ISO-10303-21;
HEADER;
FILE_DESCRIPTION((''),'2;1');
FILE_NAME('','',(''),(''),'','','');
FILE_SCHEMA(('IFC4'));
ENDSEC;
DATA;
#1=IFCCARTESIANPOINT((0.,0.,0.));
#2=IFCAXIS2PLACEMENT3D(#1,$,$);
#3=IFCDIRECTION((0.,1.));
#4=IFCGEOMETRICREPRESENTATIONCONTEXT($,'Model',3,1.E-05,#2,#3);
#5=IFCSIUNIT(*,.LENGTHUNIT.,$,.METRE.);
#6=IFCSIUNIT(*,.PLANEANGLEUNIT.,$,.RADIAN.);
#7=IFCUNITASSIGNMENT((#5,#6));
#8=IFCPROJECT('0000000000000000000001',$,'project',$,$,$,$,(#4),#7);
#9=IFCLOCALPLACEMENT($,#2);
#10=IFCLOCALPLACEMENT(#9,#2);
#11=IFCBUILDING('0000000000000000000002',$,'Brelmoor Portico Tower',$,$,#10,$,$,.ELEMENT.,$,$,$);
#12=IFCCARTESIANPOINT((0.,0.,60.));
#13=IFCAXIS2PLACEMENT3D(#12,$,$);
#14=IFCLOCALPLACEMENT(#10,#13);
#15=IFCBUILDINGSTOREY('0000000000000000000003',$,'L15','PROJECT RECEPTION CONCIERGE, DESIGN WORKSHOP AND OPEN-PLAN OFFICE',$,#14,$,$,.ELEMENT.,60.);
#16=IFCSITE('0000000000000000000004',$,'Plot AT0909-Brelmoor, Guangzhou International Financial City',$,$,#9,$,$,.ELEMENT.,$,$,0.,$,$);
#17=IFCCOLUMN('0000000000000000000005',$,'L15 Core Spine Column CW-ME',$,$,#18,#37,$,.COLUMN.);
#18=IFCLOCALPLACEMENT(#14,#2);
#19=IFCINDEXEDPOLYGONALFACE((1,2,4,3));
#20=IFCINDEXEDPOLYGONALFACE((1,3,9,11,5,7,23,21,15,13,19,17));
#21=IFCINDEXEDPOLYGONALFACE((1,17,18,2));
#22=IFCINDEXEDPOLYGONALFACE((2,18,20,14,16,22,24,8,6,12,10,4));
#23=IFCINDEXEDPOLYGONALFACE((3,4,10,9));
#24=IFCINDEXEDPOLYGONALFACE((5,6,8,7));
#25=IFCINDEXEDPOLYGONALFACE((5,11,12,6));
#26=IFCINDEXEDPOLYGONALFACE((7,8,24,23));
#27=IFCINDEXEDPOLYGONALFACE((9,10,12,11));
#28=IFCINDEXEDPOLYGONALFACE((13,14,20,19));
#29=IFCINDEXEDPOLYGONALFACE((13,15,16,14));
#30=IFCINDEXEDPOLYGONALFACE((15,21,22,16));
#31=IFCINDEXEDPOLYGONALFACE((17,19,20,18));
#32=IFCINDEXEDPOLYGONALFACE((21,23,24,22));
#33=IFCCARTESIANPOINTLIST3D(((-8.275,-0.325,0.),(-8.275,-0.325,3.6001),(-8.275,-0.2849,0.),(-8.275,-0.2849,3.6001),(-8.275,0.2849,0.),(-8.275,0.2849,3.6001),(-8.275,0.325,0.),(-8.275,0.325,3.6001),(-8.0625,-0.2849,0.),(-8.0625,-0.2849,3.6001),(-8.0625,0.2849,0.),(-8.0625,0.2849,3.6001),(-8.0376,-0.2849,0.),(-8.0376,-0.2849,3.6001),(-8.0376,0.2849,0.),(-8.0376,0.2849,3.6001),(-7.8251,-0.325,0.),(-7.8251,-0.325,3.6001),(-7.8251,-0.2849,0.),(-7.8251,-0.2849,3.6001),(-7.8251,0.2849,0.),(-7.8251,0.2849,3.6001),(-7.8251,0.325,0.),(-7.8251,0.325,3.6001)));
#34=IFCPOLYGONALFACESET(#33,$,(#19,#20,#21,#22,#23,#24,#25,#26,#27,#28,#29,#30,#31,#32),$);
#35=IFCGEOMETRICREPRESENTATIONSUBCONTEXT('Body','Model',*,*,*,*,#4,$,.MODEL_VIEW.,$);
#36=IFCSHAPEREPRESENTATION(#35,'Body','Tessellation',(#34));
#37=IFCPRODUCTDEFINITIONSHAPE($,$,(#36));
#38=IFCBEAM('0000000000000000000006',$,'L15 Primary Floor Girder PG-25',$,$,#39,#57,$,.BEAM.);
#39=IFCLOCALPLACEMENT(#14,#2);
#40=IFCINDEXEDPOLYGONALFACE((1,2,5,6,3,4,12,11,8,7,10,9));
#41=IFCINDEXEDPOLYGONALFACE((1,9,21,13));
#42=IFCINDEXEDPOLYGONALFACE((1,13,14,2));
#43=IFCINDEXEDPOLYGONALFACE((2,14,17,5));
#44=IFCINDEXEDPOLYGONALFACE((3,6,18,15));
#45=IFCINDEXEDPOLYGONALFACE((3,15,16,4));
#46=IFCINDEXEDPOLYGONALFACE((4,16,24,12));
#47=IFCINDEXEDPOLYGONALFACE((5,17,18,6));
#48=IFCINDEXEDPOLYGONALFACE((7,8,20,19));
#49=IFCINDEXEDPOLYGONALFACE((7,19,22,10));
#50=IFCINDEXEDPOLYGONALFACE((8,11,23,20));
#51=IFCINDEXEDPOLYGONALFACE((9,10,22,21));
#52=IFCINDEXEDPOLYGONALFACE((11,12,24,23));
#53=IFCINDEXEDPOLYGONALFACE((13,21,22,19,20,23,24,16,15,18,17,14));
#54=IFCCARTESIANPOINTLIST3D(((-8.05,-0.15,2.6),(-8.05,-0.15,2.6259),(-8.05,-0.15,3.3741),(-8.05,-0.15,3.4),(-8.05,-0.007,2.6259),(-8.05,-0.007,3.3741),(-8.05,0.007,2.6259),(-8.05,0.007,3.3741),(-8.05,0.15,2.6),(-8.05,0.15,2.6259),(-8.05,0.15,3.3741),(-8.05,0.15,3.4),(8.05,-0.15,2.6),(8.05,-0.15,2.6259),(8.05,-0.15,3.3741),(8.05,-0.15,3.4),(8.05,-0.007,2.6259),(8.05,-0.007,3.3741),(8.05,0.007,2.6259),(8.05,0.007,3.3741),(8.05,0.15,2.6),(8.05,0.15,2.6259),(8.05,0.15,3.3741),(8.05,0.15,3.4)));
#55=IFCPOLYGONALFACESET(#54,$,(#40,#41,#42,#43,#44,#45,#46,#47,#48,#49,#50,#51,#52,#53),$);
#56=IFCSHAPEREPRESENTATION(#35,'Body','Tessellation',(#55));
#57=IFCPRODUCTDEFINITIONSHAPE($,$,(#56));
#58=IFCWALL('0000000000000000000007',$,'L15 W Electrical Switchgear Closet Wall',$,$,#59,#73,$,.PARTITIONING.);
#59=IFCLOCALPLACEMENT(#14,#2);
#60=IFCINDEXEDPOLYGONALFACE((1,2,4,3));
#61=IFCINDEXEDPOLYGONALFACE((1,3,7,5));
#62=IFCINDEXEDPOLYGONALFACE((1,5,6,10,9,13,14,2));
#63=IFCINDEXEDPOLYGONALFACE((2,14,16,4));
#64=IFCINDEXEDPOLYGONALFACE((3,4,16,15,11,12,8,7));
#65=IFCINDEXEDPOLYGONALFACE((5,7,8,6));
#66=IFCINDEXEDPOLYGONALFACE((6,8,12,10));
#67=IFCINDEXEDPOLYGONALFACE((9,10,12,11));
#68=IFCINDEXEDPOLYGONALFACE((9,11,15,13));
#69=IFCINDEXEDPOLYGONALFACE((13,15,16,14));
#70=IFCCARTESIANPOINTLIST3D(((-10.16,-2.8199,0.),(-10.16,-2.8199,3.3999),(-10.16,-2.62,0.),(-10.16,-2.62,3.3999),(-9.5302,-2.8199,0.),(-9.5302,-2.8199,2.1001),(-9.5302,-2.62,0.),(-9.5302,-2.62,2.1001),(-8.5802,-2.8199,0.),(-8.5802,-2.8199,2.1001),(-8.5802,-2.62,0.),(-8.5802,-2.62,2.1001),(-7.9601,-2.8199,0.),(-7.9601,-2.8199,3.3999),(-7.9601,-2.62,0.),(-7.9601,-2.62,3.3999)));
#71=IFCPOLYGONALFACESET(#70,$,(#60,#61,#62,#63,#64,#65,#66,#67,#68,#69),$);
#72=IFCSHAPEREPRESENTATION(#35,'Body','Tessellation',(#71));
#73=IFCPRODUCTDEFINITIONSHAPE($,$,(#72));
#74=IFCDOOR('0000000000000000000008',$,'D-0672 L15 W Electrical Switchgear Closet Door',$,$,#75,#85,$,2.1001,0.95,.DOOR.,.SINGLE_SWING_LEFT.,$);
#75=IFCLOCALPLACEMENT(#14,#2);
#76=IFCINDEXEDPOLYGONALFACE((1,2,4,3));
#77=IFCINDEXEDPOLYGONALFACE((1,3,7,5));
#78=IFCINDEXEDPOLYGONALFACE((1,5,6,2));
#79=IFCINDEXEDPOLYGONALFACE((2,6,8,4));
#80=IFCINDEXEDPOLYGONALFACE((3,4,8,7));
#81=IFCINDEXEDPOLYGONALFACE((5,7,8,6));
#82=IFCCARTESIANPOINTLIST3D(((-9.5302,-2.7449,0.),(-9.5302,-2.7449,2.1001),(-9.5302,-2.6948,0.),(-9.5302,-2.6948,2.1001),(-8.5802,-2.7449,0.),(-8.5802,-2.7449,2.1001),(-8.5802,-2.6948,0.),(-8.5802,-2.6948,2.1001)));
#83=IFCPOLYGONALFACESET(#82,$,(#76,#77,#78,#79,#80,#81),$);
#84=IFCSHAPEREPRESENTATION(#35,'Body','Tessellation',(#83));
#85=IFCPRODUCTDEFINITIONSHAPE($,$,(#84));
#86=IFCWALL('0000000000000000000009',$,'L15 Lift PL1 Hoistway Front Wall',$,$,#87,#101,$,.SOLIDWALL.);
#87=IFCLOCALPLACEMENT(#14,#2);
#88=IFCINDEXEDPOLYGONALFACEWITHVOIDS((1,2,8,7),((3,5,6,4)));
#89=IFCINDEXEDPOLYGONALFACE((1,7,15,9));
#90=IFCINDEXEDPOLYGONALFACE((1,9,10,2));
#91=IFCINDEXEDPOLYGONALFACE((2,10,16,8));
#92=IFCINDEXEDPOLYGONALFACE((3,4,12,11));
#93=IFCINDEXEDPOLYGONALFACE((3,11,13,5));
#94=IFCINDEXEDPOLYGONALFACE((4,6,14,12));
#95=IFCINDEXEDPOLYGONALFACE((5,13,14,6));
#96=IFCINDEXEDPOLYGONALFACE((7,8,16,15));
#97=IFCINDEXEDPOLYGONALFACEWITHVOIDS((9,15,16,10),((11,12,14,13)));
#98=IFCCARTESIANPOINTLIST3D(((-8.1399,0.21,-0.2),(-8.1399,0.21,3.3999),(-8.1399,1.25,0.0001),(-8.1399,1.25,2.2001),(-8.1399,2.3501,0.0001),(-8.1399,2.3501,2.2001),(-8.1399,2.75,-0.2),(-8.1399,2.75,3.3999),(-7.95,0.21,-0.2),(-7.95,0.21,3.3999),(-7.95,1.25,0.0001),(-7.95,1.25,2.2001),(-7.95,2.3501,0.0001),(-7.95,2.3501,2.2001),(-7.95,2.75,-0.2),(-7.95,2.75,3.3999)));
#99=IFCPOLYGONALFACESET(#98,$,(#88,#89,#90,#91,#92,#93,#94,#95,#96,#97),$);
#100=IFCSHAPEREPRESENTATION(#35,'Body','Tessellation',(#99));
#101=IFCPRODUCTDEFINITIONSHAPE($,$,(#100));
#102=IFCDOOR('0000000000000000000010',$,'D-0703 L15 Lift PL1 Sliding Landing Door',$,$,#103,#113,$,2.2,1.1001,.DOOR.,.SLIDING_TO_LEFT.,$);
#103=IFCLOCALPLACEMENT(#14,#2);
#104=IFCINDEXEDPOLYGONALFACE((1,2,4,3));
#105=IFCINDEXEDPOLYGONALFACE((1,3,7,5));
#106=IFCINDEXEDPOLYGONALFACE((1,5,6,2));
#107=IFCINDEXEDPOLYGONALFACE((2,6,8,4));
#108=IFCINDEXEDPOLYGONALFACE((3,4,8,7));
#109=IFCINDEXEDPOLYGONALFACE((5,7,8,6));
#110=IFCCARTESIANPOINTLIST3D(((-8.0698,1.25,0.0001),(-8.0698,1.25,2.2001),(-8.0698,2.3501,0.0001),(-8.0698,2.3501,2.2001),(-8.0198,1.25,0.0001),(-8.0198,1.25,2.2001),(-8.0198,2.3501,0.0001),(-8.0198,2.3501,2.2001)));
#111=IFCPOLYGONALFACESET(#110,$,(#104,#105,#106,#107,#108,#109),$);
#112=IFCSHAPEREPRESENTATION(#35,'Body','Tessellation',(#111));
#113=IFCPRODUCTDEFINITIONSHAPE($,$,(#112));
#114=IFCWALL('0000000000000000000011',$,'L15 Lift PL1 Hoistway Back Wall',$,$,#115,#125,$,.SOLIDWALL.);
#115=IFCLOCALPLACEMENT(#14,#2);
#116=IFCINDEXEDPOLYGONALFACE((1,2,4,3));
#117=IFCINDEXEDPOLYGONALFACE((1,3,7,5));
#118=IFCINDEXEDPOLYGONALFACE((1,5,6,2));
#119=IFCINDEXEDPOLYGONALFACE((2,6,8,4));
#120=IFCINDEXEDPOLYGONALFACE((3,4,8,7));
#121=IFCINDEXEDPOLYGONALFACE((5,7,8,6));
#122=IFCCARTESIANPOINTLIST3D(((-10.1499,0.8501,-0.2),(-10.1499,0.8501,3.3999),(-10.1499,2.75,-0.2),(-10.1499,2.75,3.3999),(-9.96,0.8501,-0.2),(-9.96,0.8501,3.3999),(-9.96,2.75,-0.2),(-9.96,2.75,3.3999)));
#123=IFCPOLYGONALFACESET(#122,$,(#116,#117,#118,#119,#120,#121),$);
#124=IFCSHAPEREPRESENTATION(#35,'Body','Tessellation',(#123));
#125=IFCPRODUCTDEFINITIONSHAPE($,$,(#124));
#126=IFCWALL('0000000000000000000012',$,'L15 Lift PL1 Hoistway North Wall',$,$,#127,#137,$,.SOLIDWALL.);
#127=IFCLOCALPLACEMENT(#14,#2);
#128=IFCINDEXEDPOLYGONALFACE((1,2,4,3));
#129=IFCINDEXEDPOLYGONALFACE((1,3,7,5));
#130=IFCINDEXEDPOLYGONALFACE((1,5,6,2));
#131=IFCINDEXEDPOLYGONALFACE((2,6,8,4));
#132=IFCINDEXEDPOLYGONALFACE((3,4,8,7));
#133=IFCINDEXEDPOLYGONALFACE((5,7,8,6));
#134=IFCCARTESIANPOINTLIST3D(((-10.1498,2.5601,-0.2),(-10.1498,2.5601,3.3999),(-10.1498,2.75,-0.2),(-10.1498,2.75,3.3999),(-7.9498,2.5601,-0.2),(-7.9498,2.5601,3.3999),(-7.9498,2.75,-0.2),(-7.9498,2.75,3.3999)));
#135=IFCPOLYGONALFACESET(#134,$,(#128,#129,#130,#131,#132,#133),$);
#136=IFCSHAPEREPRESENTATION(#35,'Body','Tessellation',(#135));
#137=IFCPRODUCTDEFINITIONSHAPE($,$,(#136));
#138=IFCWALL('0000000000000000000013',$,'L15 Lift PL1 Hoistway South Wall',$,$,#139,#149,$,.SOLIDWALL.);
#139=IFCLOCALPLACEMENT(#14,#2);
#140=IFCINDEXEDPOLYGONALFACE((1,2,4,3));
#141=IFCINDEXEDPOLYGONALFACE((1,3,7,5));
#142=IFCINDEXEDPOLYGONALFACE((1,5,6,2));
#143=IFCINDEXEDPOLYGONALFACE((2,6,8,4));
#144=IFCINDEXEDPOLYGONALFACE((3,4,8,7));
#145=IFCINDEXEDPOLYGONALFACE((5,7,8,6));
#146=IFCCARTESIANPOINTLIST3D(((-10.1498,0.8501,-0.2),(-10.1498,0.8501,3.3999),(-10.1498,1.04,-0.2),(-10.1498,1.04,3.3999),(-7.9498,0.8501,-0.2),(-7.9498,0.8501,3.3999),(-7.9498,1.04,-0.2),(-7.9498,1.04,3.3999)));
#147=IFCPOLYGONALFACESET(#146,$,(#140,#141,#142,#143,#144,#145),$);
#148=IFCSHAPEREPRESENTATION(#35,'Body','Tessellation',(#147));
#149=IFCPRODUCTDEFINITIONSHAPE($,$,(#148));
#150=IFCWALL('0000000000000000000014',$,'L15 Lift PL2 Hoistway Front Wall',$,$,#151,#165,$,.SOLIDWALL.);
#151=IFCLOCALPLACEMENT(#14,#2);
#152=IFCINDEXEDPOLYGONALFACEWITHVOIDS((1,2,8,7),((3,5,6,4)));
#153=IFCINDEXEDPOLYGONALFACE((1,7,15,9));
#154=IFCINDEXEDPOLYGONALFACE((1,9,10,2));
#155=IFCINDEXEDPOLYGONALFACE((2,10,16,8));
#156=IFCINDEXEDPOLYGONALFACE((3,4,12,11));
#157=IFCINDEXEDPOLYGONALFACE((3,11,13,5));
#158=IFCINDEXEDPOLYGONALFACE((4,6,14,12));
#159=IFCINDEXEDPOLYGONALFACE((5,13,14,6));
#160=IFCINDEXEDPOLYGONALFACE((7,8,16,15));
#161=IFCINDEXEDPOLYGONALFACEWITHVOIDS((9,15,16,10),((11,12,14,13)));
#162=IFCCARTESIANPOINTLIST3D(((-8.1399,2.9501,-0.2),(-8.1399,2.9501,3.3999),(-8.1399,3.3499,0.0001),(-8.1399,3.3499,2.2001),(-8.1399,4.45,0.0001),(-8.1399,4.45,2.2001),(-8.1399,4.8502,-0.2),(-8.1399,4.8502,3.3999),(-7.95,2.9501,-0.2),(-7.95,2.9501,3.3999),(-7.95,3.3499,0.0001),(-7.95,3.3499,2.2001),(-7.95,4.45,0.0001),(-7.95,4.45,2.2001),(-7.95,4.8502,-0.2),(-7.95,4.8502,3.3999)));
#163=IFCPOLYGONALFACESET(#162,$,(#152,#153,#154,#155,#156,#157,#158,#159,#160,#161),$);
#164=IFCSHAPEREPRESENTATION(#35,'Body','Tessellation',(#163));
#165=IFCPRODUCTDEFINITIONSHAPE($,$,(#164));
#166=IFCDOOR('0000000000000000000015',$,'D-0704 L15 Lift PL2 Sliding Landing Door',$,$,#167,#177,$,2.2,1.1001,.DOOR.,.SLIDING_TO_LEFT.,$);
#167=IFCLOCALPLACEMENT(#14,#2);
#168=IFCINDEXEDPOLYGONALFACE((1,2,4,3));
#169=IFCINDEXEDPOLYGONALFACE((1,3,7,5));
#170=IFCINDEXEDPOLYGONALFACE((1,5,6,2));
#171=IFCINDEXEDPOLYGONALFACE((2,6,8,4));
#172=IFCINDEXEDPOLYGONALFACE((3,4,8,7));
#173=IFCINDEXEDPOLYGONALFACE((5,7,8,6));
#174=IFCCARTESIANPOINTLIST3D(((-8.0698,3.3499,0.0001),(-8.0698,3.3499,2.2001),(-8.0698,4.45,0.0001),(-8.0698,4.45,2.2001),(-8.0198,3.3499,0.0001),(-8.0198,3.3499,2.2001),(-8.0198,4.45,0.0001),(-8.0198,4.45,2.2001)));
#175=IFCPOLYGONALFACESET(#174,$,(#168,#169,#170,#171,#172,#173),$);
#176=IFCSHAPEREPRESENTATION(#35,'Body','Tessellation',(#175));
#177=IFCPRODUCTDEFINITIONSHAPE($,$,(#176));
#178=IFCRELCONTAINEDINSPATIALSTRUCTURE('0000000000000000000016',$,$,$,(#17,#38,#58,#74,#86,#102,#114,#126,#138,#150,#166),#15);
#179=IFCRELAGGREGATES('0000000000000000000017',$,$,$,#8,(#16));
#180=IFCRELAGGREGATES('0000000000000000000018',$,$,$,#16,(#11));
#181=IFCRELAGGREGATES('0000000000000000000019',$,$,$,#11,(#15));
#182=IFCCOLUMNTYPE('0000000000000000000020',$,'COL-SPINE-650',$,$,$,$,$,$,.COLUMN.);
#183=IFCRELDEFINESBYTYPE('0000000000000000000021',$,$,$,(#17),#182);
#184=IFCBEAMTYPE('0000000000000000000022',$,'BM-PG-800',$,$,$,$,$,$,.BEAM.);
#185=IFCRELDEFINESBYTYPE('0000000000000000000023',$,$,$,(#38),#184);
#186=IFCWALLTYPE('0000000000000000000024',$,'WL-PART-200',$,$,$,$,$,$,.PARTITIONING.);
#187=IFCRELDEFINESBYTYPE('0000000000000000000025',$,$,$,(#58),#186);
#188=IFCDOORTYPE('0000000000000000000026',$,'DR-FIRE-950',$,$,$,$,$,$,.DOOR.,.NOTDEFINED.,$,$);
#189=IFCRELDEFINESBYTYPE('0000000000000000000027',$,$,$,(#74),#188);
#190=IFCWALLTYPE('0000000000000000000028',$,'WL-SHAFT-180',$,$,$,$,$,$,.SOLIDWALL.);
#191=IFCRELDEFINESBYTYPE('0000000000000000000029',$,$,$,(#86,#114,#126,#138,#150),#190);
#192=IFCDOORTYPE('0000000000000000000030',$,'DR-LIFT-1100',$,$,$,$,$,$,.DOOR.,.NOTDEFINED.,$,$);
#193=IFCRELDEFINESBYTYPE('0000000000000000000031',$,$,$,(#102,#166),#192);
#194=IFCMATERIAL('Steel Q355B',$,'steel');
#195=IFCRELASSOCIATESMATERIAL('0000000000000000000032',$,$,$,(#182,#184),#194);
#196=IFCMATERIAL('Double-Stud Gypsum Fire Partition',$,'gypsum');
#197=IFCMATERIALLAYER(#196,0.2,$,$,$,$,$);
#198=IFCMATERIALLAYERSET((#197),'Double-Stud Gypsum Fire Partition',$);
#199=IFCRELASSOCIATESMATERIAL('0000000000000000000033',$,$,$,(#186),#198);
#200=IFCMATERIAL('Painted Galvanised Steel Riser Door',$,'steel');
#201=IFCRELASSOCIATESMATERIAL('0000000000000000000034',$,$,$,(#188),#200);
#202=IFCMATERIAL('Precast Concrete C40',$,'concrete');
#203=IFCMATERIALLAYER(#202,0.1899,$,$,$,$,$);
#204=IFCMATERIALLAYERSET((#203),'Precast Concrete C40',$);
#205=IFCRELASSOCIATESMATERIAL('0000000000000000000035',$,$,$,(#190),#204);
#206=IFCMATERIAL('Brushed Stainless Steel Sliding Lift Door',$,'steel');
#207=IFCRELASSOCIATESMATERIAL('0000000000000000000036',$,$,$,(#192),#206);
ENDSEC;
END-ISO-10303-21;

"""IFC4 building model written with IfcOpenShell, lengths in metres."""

from ifc_helpers import new_model, si_unit, direction, frame, frame_2d, origin, origin_2d, place, context, subcontext, project, spatial, rectangle, i_section, extrude, material, layer, layer_set, material_profile, profile_set, type_object, element, fill, save


model = new_model("IFC4")

# Units and contexts
model_context = context("Model", 3, precision=1e-05, world=origin(), true_north=direction((0.0, 1.0)))
body_context = subcontext(model_context, "Body", "Model", "MODEL_VIEW")
ifc_project = project(units=[si_unit("LENGTHUNIT", "METRE"), si_unit("PLANEANGLEUNIT", "RADIAN")], contexts=[model_context])

# Site, building, storey
site_placement = place(None, origin())
site = spatial("IfcSite", under=ifc_project, at=site_placement, Name="Plot AT0909-Brelmoor, Guangzhou International Financial City", CompositionType="ELEMENT", RefElevation=0.0)
building_placement = place(site_placement, origin())
building = spatial("IfcBuilding", under=site, at=building_placement, Name="Brelmoor Portico Tower", CompositionType="ELEMENT")
storey_placement = place(building_placement, frame((0.0, 0.0, 60.0)))
storey = spatial("IfcBuildingStorey", under=building, at=storey_placement, Name="L15", Description="PROJECT RECEPTION CONCIERGE, DESIGN WORKSHOP AND OPEN-PLAN OFFICE", CompositionType="ELEMENT", Elevation=60.0)

# Column
ifc_material_1 = material(Name="Steel Q355B", Category="steel")
ifc_material_profile_1 = material_profile(ifc_material_1, i_section(OverallWidth=0.45, OverallDepth=0.6499, WebThickness=0.0249, FlangeThickness=0.04, at=origin_2d()), Name="HW 650x450x25x40")
ifc_profile_set_1 = profile_set([ifc_material_profile_1], Name="Steel Q355B")
column_type = type_object("IfcColumnType", Name="COL-SPINE-650", PredefinedType="COLUMN", material=ifc_profile_set_1)
column_placement = place(storey_placement, frame((-8.05, 0.0, 0.0), z_axis=(0.0, 0.0, 1.0), x_axis=(1.0, 0.0, 0.0)))
element("IfcColumn", 1, at=column_placement, inside=storey, type_object=column_type, Name="L15 Core Spine Column CW-ME", PredefinedType="COLUMN", context=body_context, shape_type="SweptSolid", body=[
    extrude(i_section(OverallWidth=0.45, OverallDepth=0.6499, WebThickness=0.0249, FlangeThickness=0.04, at=origin_2d()), origin(), (0.0, 0.0, 1.0), 3.6001),
])

# Beam
ifc_material_profile_2 = material_profile(ifc_material_1, i_section(OverallWidth=0.3, OverallDepth=0.8, WebThickness=0.0139, FlangeThickness=0.0259, at=origin_2d()), Name="HN 800x300x14x26")
ifc_profile_set_2 = profile_set([ifc_material_profile_2], Name="Steel Q355B")
beam_type = type_object("IfcBeamType", Name="BM-PG-800", PredefinedType="BEAM", material=ifc_profile_set_2)
beam_placement = place(storey_placement, frame((-8.05, 0.0, 3.0), z_axis=(1.0, 0.0, 0.0), x_axis=(0.0, 1.0, 0.0)))
element("IfcBeam", 2, at=beam_placement, inside=storey, type_object=beam_type, Name="L15 Primary Floor Girder PG-25", PredefinedType="BEAM", context=body_context, shape_type="SweptSolid", body=[
    extrude(i_section(OverallWidth=0.3, OverallDepth=0.8, WebThickness=0.0139, FlangeThickness=0.0259, at=origin_2d()), origin(), (0.0, 0.0, 1.0), 16.1001),
])

# Walls, openings, doors
ifc_material_2 = material(Name="Double-Stud Gypsum Fire Partition", Category="gypsum")
ifc_layer_1 = layer(ifc_material_2, 0.2)
ifc_layer_set_1 = layer_set([ifc_layer_1], Name="Double-Stud Gypsum Fire Partition")
wall_type_1 = type_object("IfcWallType", Name="WL-PART-200", PredefinedType="PARTITIONING", material=ifc_layer_set_1)
wall_1_placement = place(storey_placement, frame((-7.96, -2.72, 0.0), z_axis=(0.0, 0.0, 1.0), x_axis=(-1.0, 0.0, 0.0)))
wall_1 = element("IfcWall", 3, at=wall_1_placement, inside=storey, type_object=wall_type_1, Name="L15 W Electrical Switchgear Closet Wall", PredefinedType="PARTITIONING", context=body_context, shape_type="SweptSolid", body=[
    extrude(rectangle(XDim=2.2, YDim=0.2, at=frame_2d((1.1001, 0.0))), origin(), (0.0, 0.0, 1.0), 3.3999),
])
opening_1_placement = place(wall_1_placement, frame((0.6201, 0.0, 0.0)))
opening_1 = element("IfcOpeningElement", 4, at=opening_1_placement, cuts=wall_1, PredefinedType="OPENING", context=body_context, shape_type="SweptSolid", body=[
    extrude(rectangle(XDim=0.95, YDim=2.1001, at=frame_2d((0.4751, 1.05))), frame((0.0, 0.1099, 0.0), z_axis=(0.0, -1.0, 0.0), x_axis=(1.0, 0.0, 0.0)), (0.0, 0.0, 1.0), 0.22),
])
ifc_material_3 = material(Name="Painted Galvanised Steel Riser Door", Category="steel")
door_type_1 = type_object("IfcDoorType", Name="DR-FIRE-950", OperationType="NOTDEFINED", PredefinedType="DOOR", material=ifc_material_3)
door_1_placement = place(opening_1_placement, origin())
door_1 = element("IfcDoor", 5, at=door_1_placement, inside=storey, type_object=door_type_1, Name="D-0672 L15 W Electrical Switchgear Closet Door", OperationType="SINGLE_SWING_LEFT", OverallHeight=2.1001, OverallWidth=0.95, PredefinedType="DOOR", context=body_context, shape_type="SweptSolid", body=[
    extrude(rectangle(XDim=0.95, YDim=2.1001, at=frame_2d((0.4751, 1.05))), frame((0.0, 0.0249, 0.0), z_axis=(0.0, -1.0, 0.0), x_axis=(1.0, 0.0, 0.0)), (0.0, 0.0, 1.0), 0.05),
])
fill(opening_1, door_1)
ifc_material_4 = material(Name="Precast Concrete C40", Category="concrete")
ifc_layer_2 = layer(ifc_material_4, 0.1899)
ifc_layer_set_2 = layer_set([ifc_layer_2], Name="Precast Concrete C40")
wall_type_2 = type_object("IfcWallType", Name="WL-SHAFT-180", PredefinedType="SOLIDWALL", material=ifc_layer_set_2)
wall_2_placement = place(storey_placement, frame((-8.0449, 0.21, -0.2), z_axis=(0.0, 0.0, 1.0), x_axis=(0.0, 1.0, 0.0)))
wall_2 = element("IfcWall", 6, at=wall_2_placement, inside=storey, type_object=wall_type_2, Name="L15 Lift PL1 Hoistway Front Wall", PredefinedType="SOLIDWALL", context=body_context, shape_type="SweptSolid", body=[
    extrude(rectangle(XDim=2.54, YDim=0.1899, at=frame_2d((1.27, 0.0))), origin(), (0.0, 0.0, 1.0), 3.5999),
])
opening_2_placement = place(wall_2_placement, frame((1.04, 0.0, 0.2)))
opening_2 = element("IfcOpeningElement", 7, at=opening_2_placement, cuts=wall_2, PredefinedType="OPENING", context=body_context, shape_type="SweptSolid", body=[
    extrude(rectangle(XDim=1.1001, YDim=2.2, at=frame_2d((0.55, 1.1001))), frame((0.0, 0.105, 0.0), z_axis=(0.0, -1.0, 0.0), x_axis=(1.0, 0.0, 0.0)), (0.0, 0.0, 1.0), 0.21),
])
ifc_material_5 = material(Name="Brushed Stainless Steel Sliding Lift Door", Category="steel")
door_type_2 = type_object("IfcDoorType", Name="DR-LIFT-1100", OperationType="NOTDEFINED", PredefinedType="DOOR", material=ifc_material_5)
door_2_placement = place(opening_2_placement, origin())
door_2 = element("IfcDoor", 8, at=door_2_placement, inside=storey, type_object=door_type_2, Name="D-0703 L15 Lift PL1 Sliding Landing Door", OperationType="SLIDING_TO_LEFT", OverallHeight=2.2, OverallWidth=1.1001, PredefinedType="DOOR", context=body_context, shape_type="SweptSolid", body=[
    extrude(rectangle(XDim=1.1001, YDim=2.2, at=frame_2d((0.55, 1.1001))), frame((0.0, 0.0249, 0.0), z_axis=(0.0, -1.0, 0.0), x_axis=(1.0, 0.0, 0.0)), (0.0, 0.0, 1.0), 0.05),
])
fill(opening_2, door_2)

# Walls
wall_3_placement = place(storey_placement, frame((-10.0549, 0.8501, -0.2), z_axis=(0.0, 0.0, 1.0), x_axis=(0.0, 1.0, 0.0)))
element("IfcWall", 9, at=wall_3_placement, inside=storey, type_object=wall_type_2, Name="L15 Lift PL1 Hoistway Back Wall", PredefinedType="SOLIDWALL", context=body_context, shape_type="SweptSolid", body=[
    extrude(rectangle(XDim=1.8999, YDim=0.1899, at=frame_2d((0.95, 0.0))), origin(), (0.0, 0.0, 1.0), 3.5999),
])
for number, where, z_axis, x_axis, name in (
    (10, (-10.1499, 2.655, -0.2), (0.0, 0.0, 1.0), (1.0, 0.0, 0.0), "L15 Lift PL1 Hoistway North Wall"),
    (11, (-10.1499, 0.9451, -0.2), (0.0, 0.0, 1.0), (1.0, 0.0, 0.0), "L15 Lift PL1 Hoistway South Wall"),
):
    element("IfcWall", number, at=place(storey_placement, frame(where, z_axis=z_axis, x_axis=x_axis)), inside=storey, type_object=wall_type_2, Name=name, PredefinedType="SOLIDWALL", context=body_context, shape_type="SweptSolid", body=[
        extrude(rectangle(XDim=2.2, YDim=0.1899, at=frame_2d((1.1001, 0.0))), origin(), (0.0, 0.0, 1.0), 3.5999),
    ])

# Wall, opening, door
wall_4_placement = place(storey_placement, frame((-8.0449, 2.95, -0.2), z_axis=(0.0, 0.0, 1.0), x_axis=(0.0, 1.0, 0.0)))
wall_4 = element("IfcWall", 12, at=wall_4_placement, inside=storey, type_object=wall_type_2, Name="L15 Lift PL2 Hoistway Front Wall", PredefinedType="SOLIDWALL", context=body_context, shape_type="SweptSolid", body=[
    extrude(rectangle(XDim=1.9001, YDim=0.1899, at=frame_2d((0.9502, 0.0))), origin(), (0.0, 0.0, 1.0), 3.5999),
])
opening_3_placement = place(wall_4_placement, frame((0.3999, 0.0, 0.2)))
opening_3 = element("IfcOpeningElement", 13, at=opening_3_placement, cuts=wall_4, PredefinedType="OPENING", context=body_context, shape_type="SweptSolid", body=[
    extrude(rectangle(XDim=1.1001, YDim=2.2, at=frame_2d((0.55, 1.1001))), frame((0.0, 0.105, 0.0), z_axis=(0.0, -1.0, 0.0), x_axis=(1.0, 0.0, 0.0)), (0.0, 0.0, 1.0), 0.21),
])
door_3_placement = place(opening_3_placement, origin())
door_3 = element("IfcDoor", 14, at=door_3_placement, inside=storey, type_object=door_type_2, Name="D-0704 L15 Lift PL2 Sliding Landing Door", OperationType="SLIDING_TO_LEFT", OverallHeight=2.2, OverallWidth=1.1001, PredefinedType="DOOR", context=body_context, shape_type="SweptSolid", body=[
    extrude(rectangle(XDim=1.1001, YDim=2.2, at=frame_2d((0.55, 1.1001))), frame((0.0, 0.0249, 0.0), z_axis=(0.0, -1.0, 0.0), x_axis=(1.0, 0.0, 0.0)), (0.0, 0.0, 1.0), 0.05),
])
fill(opening_3, door_3)

save(model, "model.ifc")
